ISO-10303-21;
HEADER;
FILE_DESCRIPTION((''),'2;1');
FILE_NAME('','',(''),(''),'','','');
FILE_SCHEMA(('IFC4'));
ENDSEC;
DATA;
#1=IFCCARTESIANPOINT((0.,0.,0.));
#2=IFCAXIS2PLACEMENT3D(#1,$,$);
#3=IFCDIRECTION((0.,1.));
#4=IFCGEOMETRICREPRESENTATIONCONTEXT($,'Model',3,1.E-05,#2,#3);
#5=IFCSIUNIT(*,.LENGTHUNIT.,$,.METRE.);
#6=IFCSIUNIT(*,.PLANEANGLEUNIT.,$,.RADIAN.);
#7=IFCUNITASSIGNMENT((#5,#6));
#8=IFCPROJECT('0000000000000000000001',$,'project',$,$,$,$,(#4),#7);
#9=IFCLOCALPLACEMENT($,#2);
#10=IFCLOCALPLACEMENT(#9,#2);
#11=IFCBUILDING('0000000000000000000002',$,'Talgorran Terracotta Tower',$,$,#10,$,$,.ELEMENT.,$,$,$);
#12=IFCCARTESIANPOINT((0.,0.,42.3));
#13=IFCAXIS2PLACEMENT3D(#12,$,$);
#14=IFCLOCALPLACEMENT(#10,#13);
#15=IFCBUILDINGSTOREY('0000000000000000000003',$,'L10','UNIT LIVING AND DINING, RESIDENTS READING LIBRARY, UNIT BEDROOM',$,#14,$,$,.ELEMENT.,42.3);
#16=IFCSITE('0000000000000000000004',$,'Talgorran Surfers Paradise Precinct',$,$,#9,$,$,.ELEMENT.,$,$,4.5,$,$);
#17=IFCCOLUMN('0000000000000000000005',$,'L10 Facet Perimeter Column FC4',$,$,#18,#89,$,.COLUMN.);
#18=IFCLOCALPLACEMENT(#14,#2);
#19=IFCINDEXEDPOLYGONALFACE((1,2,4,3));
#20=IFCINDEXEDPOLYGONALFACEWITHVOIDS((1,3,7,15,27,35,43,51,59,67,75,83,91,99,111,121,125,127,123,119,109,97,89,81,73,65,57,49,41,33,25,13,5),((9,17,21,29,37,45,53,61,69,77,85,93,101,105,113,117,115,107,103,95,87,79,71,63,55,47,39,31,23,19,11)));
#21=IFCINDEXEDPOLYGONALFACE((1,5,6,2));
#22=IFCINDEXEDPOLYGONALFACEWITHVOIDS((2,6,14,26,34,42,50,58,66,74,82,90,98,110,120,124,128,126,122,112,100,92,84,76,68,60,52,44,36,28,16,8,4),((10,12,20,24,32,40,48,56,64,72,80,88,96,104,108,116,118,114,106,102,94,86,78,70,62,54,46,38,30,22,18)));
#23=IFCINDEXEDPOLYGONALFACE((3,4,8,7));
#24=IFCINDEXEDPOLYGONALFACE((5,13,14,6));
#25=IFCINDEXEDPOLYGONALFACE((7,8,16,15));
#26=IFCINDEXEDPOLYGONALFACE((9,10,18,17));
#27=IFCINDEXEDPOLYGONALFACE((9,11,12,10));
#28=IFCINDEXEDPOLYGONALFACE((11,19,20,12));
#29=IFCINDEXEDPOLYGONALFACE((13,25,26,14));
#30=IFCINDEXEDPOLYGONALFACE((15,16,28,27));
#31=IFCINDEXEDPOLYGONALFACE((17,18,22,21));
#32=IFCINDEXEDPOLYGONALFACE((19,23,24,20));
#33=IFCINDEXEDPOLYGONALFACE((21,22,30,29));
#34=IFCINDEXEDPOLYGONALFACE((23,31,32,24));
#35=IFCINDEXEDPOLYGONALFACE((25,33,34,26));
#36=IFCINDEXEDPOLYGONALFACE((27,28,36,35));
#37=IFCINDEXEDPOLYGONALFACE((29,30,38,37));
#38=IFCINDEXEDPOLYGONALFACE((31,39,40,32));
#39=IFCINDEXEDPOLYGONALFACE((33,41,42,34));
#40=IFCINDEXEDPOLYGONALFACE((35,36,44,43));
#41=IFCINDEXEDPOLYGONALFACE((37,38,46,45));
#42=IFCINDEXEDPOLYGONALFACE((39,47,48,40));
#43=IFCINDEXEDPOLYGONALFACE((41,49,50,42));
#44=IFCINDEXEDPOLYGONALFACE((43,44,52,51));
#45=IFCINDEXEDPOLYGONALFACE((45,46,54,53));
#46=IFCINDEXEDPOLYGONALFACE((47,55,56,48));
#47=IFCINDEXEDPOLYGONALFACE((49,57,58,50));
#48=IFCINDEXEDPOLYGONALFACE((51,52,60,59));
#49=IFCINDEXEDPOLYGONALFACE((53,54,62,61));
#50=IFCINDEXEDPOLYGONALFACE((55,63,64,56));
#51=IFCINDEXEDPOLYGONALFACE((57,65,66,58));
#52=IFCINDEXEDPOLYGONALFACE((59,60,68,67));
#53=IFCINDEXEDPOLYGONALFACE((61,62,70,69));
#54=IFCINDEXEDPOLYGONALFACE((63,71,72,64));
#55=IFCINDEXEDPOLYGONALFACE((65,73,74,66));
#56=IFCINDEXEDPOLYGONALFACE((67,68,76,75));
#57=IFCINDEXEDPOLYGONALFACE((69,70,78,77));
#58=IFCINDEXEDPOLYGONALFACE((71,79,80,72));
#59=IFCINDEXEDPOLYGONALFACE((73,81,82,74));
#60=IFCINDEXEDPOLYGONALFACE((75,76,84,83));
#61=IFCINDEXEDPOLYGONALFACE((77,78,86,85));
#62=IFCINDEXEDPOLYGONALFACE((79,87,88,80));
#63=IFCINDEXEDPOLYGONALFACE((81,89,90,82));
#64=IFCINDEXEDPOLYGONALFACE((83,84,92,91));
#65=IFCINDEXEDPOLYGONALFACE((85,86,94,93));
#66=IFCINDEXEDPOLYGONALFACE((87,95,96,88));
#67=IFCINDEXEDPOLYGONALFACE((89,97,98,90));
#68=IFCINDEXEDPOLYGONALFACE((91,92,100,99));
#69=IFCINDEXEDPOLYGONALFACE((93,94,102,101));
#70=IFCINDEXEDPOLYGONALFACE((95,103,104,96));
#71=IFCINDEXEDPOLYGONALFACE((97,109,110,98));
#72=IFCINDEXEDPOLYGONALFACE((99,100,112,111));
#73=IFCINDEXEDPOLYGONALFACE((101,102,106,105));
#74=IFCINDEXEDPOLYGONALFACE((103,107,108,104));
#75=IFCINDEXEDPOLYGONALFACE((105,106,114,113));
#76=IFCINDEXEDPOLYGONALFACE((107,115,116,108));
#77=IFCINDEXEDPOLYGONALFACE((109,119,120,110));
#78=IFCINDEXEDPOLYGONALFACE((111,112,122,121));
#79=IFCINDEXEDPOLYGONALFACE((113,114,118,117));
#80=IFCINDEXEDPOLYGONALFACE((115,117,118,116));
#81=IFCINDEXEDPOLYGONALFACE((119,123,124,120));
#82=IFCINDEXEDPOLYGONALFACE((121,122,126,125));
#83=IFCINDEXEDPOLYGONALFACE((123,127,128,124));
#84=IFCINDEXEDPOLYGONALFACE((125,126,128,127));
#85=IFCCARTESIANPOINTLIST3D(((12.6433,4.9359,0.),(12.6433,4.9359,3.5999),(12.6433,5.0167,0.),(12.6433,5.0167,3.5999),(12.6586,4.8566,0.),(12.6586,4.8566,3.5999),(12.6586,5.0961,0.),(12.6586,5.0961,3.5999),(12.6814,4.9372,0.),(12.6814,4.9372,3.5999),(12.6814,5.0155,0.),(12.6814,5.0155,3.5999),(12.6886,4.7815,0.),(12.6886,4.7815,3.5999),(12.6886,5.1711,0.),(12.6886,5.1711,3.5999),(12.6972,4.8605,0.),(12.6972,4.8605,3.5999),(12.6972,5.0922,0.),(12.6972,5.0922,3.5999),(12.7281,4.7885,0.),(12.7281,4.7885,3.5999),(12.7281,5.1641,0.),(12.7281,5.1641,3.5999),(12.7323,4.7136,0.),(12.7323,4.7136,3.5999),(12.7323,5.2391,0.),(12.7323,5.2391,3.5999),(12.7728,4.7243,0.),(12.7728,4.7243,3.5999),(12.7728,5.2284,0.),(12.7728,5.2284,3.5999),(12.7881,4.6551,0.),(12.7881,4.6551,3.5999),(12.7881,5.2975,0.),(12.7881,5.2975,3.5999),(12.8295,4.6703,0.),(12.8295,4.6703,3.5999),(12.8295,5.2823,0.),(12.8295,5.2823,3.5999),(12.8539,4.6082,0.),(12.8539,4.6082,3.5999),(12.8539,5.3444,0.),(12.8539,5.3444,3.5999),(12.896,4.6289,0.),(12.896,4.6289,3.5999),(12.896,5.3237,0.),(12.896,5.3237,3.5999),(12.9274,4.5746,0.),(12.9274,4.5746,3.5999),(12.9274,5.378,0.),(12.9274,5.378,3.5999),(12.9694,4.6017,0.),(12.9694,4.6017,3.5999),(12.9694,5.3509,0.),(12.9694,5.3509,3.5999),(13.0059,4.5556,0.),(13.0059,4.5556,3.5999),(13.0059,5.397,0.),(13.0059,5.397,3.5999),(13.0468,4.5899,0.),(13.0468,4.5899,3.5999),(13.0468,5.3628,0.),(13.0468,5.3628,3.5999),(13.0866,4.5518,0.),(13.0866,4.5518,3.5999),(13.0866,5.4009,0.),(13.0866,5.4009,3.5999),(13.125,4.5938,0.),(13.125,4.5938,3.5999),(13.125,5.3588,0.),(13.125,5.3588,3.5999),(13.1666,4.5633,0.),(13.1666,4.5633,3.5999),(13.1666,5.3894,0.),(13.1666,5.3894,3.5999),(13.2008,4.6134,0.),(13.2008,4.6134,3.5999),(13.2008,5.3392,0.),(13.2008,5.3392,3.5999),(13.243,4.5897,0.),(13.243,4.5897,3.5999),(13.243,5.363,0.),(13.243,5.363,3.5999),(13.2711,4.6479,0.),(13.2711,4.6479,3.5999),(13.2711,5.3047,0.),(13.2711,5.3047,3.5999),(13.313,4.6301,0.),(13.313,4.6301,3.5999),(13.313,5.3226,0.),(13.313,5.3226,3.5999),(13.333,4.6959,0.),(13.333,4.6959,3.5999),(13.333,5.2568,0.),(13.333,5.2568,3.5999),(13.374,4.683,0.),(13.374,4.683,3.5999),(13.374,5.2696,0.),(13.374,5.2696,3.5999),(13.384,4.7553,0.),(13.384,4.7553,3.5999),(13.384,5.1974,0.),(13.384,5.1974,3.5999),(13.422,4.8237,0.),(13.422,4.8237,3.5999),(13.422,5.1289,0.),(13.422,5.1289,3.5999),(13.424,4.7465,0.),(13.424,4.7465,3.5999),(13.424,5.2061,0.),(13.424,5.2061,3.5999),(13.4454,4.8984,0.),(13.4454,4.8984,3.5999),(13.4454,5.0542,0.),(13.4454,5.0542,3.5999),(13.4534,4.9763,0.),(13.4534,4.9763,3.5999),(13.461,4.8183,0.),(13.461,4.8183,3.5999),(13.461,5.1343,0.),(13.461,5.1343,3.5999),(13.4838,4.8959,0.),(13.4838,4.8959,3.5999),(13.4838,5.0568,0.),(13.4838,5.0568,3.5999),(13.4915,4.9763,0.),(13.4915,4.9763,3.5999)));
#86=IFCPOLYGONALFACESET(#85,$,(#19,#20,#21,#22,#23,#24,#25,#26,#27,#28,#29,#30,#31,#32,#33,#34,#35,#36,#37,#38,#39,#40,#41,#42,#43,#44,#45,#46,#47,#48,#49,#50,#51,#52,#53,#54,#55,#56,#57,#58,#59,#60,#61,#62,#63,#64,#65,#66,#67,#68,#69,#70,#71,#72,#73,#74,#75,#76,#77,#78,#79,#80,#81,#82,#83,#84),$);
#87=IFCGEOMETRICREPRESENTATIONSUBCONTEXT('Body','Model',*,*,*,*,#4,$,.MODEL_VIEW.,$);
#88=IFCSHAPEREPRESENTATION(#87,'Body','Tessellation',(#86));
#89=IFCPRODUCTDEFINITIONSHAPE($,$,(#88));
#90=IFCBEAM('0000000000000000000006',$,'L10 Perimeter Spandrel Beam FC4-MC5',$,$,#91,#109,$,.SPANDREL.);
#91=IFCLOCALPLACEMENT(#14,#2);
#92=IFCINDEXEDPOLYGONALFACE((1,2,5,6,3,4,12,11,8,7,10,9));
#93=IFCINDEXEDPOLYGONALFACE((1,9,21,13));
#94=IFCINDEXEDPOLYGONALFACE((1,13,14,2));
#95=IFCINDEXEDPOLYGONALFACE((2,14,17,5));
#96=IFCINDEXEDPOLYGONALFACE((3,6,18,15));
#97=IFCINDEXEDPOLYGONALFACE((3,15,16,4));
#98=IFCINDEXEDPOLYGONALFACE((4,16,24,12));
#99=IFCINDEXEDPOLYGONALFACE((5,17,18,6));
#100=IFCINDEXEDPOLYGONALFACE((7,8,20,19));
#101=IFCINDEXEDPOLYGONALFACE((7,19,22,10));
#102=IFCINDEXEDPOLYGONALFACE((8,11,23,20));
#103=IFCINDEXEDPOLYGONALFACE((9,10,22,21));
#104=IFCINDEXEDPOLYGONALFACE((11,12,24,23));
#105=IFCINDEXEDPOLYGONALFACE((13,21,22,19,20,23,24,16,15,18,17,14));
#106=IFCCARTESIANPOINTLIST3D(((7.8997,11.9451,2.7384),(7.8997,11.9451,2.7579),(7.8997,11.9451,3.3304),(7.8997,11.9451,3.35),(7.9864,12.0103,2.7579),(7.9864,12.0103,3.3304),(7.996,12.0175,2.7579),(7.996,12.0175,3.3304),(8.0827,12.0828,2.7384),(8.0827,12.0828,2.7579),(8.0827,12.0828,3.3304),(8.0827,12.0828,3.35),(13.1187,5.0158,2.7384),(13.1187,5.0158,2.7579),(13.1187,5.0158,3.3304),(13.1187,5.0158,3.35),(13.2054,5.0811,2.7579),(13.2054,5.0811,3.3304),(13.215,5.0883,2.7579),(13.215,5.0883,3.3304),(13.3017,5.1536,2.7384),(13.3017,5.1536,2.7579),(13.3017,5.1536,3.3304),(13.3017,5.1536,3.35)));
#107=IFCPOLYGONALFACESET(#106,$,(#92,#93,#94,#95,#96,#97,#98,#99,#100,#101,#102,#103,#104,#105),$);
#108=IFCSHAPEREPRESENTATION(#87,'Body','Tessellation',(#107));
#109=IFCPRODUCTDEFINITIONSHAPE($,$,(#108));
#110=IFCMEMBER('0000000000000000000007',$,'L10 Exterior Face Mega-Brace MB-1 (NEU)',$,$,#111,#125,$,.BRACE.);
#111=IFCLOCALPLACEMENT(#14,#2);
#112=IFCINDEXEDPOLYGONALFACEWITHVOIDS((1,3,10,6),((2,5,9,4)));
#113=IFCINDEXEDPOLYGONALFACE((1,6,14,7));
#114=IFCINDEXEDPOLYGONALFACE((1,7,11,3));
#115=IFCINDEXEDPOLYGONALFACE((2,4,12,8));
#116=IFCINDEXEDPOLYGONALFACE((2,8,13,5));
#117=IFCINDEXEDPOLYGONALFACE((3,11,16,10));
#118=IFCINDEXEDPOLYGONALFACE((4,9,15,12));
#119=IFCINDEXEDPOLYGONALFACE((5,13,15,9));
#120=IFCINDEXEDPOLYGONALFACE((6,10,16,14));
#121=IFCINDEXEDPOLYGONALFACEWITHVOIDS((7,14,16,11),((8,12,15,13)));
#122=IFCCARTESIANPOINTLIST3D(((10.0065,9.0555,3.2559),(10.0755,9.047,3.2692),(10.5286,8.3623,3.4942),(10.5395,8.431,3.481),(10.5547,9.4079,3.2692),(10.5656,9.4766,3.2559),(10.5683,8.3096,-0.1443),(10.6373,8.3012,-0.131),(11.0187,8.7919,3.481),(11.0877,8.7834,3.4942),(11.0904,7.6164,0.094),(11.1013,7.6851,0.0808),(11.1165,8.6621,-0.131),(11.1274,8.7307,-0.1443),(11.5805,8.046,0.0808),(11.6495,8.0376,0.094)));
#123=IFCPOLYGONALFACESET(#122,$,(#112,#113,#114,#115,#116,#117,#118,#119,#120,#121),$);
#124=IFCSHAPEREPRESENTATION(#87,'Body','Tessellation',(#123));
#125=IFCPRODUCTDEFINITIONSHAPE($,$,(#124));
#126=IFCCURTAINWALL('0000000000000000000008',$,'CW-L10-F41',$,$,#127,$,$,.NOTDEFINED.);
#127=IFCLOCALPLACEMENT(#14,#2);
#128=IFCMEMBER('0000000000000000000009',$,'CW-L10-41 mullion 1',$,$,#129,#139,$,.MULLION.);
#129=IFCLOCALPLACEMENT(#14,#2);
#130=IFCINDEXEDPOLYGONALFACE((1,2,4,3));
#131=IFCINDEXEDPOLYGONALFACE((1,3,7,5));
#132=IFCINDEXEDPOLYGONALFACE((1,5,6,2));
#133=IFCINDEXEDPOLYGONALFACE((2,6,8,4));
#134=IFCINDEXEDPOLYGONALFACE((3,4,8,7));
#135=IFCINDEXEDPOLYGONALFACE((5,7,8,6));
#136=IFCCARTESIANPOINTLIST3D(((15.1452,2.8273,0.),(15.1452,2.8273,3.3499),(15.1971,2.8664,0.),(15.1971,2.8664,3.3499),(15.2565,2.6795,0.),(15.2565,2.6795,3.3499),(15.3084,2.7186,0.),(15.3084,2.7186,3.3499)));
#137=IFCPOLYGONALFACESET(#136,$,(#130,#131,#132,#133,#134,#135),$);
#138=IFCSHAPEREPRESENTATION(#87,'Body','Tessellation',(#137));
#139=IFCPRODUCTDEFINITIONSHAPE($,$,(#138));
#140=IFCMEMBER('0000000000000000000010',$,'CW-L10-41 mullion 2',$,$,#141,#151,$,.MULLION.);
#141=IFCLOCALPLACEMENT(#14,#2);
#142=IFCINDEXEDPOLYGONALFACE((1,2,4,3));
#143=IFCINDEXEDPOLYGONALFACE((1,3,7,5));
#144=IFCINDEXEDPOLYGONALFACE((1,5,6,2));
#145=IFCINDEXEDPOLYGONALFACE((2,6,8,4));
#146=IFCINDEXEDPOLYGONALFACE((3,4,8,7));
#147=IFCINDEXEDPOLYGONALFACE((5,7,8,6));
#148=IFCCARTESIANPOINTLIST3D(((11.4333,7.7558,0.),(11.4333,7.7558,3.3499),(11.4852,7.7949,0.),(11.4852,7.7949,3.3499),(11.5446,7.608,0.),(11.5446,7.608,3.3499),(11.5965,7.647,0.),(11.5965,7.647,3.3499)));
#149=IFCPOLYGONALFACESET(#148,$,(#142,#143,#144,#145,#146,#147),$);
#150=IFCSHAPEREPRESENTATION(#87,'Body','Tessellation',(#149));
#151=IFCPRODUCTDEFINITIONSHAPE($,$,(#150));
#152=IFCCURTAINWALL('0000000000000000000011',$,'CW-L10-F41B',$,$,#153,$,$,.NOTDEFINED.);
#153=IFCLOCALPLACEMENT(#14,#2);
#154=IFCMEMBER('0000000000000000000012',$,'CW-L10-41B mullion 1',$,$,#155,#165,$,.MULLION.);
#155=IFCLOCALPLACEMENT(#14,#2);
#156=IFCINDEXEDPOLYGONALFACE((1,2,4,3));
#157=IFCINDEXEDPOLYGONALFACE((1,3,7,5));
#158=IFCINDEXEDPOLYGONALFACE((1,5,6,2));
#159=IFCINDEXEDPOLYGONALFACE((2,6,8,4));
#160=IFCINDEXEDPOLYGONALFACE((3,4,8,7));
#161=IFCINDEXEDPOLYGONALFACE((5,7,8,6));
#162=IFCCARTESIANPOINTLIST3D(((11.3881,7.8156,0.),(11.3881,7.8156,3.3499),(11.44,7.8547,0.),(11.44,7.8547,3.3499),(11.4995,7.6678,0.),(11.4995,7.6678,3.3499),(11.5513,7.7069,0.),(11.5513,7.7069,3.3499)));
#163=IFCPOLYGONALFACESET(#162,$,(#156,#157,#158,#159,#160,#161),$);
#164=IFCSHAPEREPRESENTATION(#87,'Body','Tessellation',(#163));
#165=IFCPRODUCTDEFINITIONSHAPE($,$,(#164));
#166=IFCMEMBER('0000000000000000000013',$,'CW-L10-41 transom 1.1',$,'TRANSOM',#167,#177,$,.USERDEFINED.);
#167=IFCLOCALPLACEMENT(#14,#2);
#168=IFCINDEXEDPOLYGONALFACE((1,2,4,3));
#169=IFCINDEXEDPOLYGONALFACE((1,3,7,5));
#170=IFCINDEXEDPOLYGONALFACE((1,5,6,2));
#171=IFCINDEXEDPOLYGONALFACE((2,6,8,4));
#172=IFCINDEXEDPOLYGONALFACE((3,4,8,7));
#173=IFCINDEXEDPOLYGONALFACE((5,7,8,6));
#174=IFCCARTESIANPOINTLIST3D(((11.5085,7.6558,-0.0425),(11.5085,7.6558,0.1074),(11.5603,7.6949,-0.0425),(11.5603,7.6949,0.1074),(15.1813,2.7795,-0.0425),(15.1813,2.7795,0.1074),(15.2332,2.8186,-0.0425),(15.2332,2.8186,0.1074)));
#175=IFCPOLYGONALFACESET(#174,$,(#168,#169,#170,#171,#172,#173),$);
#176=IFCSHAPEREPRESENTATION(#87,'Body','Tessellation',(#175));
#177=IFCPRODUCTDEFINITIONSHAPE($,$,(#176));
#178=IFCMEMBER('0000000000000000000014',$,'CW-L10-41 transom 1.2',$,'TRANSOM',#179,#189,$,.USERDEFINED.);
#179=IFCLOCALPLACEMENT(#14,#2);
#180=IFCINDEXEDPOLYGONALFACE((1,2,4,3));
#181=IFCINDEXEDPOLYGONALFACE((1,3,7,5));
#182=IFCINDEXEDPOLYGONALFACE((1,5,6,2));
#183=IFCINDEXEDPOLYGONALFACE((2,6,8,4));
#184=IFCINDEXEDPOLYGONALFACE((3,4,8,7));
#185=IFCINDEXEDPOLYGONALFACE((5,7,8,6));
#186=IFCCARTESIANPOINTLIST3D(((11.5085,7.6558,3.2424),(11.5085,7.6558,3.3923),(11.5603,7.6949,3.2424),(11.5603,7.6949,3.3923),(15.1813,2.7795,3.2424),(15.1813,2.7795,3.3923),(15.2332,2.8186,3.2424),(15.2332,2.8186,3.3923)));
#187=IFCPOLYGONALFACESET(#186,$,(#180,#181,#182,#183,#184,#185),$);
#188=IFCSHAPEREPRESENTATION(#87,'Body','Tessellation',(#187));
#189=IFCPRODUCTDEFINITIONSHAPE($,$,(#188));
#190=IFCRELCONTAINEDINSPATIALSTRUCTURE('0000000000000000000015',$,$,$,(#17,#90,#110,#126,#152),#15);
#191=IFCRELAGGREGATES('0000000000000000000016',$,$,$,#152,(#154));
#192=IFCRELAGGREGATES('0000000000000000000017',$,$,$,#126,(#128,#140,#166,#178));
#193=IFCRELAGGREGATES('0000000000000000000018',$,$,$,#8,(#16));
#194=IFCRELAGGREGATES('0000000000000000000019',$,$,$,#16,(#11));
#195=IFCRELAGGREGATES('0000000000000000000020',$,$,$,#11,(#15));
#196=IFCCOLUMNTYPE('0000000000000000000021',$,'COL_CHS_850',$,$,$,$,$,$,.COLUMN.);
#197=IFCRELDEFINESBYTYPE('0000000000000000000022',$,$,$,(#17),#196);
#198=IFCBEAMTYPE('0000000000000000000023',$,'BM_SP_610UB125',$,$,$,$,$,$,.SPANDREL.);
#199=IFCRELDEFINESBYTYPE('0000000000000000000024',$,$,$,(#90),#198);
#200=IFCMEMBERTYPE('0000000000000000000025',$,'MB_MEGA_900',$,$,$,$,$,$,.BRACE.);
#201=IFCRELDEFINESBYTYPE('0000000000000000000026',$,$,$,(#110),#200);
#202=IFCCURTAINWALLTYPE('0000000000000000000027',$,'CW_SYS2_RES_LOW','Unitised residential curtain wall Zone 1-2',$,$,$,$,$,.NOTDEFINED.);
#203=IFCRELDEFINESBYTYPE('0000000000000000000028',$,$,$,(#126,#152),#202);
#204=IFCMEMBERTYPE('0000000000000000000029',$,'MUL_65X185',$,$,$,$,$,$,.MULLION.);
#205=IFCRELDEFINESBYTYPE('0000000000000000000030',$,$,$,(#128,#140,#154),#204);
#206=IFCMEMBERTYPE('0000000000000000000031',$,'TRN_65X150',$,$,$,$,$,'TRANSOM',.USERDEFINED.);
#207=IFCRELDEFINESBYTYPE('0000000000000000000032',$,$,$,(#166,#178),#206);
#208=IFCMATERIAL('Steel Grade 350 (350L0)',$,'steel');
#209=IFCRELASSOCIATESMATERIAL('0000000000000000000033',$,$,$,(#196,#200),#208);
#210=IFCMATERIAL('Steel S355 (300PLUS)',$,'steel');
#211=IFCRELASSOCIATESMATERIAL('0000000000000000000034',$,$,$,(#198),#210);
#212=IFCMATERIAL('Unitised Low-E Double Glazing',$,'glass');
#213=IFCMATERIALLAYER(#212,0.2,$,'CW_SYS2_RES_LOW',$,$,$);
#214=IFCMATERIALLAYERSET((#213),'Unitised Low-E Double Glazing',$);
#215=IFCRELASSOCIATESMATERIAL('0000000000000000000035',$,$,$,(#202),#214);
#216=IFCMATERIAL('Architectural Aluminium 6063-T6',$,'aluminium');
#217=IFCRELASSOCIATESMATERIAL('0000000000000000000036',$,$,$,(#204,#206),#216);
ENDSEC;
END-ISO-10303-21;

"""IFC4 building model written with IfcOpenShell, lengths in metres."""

from ifc_helpers import new_model, si_unit, direction, frame, origin, origin_2d, place, context, subcontext, project, spatial, rectangle, hollow_rectangle, hollow_circle, i_section, extrude, material, layer, layer_set, material_profile, profile_set, type_object, element, aggregate, save


model = new_model("IFC4")

# Units and contexts
model_context = context("Model", 3, precision=1e-05, world=origin(), true_north=direction((0.0, 1.0)))
body_context = subcontext(model_context, "Body", "Model", "MODEL_VIEW")
ifc_project = project(units=[si_unit("LENGTHUNIT", "METRE"), si_unit("PLANEANGLEUNIT", "RADIAN")], contexts=[model_context])

# Site, building, storey
site_placement = place(None, origin())
site = spatial("IfcSite", under=ifc_project, at=site_placement, Name="Talgorran Surfers Paradise Precinct", CompositionType="ELEMENT", RefElevation=4.5)
building_placement = place(site_placement, origin())
building = spatial("IfcBuilding", under=site, at=building_placement, Name="Talgorran Terracotta Tower", CompositionType="ELEMENT")
storey_placement = place(building_placement, frame((0.0, 0.0, 42.3)))
storey = spatial("IfcBuildingStorey", under=building, at=storey_placement, Name="L10", Description="UNIT LIVING AND DINING, RESIDENTS READING LIBRARY, UNIT BEDROOM", CompositionType="ELEMENT", Elevation=42.3)

# Column
ifc_material_1 = material(Name="Steel Grade 350 (350L0)", Category="steel")
ifc_material_profile_1 = material_profile(ifc_material_1, hollow_circle(Radius=0.425, WallThickness=0.0381, at=origin_2d()), Name="CHS850X38")
ifc_profile_set_1 = profile_set([ifc_material_profile_1], Name="Steel Grade 350 (350L0)")
column_type = type_object("IfcColumnType", Name="COL_CHS_850", PredefinedType="COLUMN", material=ifc_profile_set_1)
column_placement = place(storey_placement, frame((13.0664, 4.9763, 0.0), z_axis=(0.0, 0.0, 1.0), x_axis=(1.0, 0.0, 0.0)))
element("IfcColumn", 1, at=column_placement, inside=storey, type_object=column_type, Name="L10 Facet Perimeter Column FC4", PredefinedType="COLUMN", context=body_context, shape_type="SweptSolid", body=[
    extrude(hollow_circle(Radius=0.425, WallThickness=0.0381, at=origin_2d()), origin(), (0.0, 0.0, 1.0), 3.5999),
])

# Beam
ifc_material_2 = material(Name="Steel S355 (300PLUS)", Category="steel")
ifc_material_profile_2 = material_profile(ifc_material_2, i_section(OverallWidth=0.229, OverallDepth=0.6116, WebThickness=0.012, FlangeThickness=0.0195, at=origin_2d()), Name="610UB125")
ifc_profile_set_2 = profile_set([ifc_material_profile_2], Name="Steel S355 (300PLUS)")
beam_type = type_object("IfcBeamType", Name="BM_SP_610UB125", PredefinedType="SPANDREL", material=ifc_profile_set_2)
beam_placement = place(storey_placement, frame((13.2102, 5.0847, 3.0442), z_axis=(-0.601629, 0.798776, 0.0), x_axis=(-0.798776, -0.601629, 0.0)))
element("IfcBeam", 2, at=beam_placement, inside=storey, type_object=beam_type, Name="L10 Perimeter Spandrel Beam FC4-MC5", PredefinedType="SPANDREL", context=body_context, shape_type="SweptSolid", body=[
    extrude(i_section(OverallWidth=0.229, OverallDepth=0.6116, WebThickness=0.012, FlangeThickness=0.0195, at=origin_2d()), origin(), (0.0, 0.0, 1.0), 8.6748),
])

# Member
ifc_material_profile_3 = material_profile(ifc_material_1, hollow_rectangle(XDim=0.7, YDim=0.8999, WallThickness=0.05, at=origin_2d()), Name="WBOX900X700X50")
ifc_profile_set_3 = profile_set([ifc_material_profile_3], Name="Steel Grade 350 (350L0)")
member_type_1 = type_object("IfcMemberType", Name="MB_MEGA_900", PredefinedType="BRACE", material=ifc_profile_set_3)
member_1_placement = place(storey_placement, frame((11.1089, 8.1736, -0.0251), z_axis=(-0.15932, 0.211527, 0.964299), x_axis=(-0.798775, -0.60163, 0.0)))
element("IfcMember", 3, at=member_1_placement, inside=storey, type_object=member_type_1, Name="L10 Exterior Face Mega-Brace MB-1 (NEU)", PredefinedType="BRACE", context=body_context, shape_type="SweptSolid", body=[
    extrude(hollow_rectangle(XDim=0.7, YDim=0.8999, WallThickness=0.05, at=origin_2d()), origin(), (0.0, 0.0, 1.0), 3.5261),
])

# Curtain wall, members
ifc_material_3 = material(Name="Unitised Low-E Double Glazing", Category="glass")
ifc_layer_1 = layer(ifc_material_3, 0.2, Name="CW_SYS2_RES_LOW")
ifc_layer_set_1 = layer_set([ifc_layer_1], Name="Unitised Low-E Double Glazing")
curtain_wall_type = type_object("IfcCurtainWallType", Name="CW_SYS2_RES_LOW", Description="Unitised residential curtain wall Zone 1-2", PredefinedType="NOTDEFINED", material=ifc_layer_set_1)
curtain_wall_1_placement = place(storey_placement, origin())
curtain_wall_1 = element("IfcCurtainWall", 4, at=curtain_wall_1_placement, inside=storey, type_object=curtain_wall_type, Name="CW-L10-F41", PredefinedType="NOTDEFINED")
ifc_material_4 = material(Name="Architectural Aluminium 6063-T6", Category="aluminium")
ifc_material_profile_4 = material_profile(ifc_material_4, rectangle(XDim=0.0649, YDim=0.1851, at=origin_2d()), Name="CWM65X185")
ifc_profile_set_4 = profile_set([ifc_material_profile_4], Name="Architectural Aluminium 6063-T6")
member_type_2 = type_object("IfcMemberType", Name="MUL_65X185", PredefinedType="MULLION", material=ifc_profile_set_4)
member_2_placement = place(storey_placement, frame((15.2268, 2.7729, 0.0), z_axis=(0.0, 0.0, 1.0), x_axis=(-0.798778, -0.601626, 0.0)))
member_2 = element("IfcMember", 5, at=member_2_placement, type_object=member_type_2, Name="CW-L10-41 mullion 1", PredefinedType="MULLION", context=body_context, shape_type="SweptSolid", body=[
    extrude(rectangle(XDim=0.0649, YDim=0.1851, at=origin_2d()), origin(), (0.0, 0.0, 1.0), 3.3499),
])
member_3_placement = place(storey_placement, frame((11.5149, 7.7014, 0.0), z_axis=(0.0, 0.0, 1.0), x_axis=(-0.798778, -0.601626, 0.0)))
member_3 = element("IfcMember", 6, at=member_3_placement, type_object=member_type_2, Name="CW-L10-41 mullion 2", PredefinedType="MULLION", context=body_context, shape_type="SweptSolid", body=[
    extrude(rectangle(XDim=0.0649, YDim=0.1851, at=origin_2d()), origin(), (0.0, 0.0, 1.0), 3.3499),
])

# Curtain wall, member
curtain_wall_2_placement = place(storey_placement, origin())
curtain_wall_2 = element("IfcCurtainWall", 7, at=curtain_wall_2_placement, inside=storey, type_object=curtain_wall_type, Name="CW-L10-F41B", PredefinedType="NOTDEFINED")
member_4_placement = place(storey_placement, frame((11.4697, 7.7612, 0.0), z_axis=(0.0, 0.0, 1.0), x_axis=(-0.798765, -0.601643, 0.0)))
member_4 = element("IfcMember", 8, at=member_4_placement, type_object=member_type_2, Name="CW-L10-41B mullion 1", PredefinedType="MULLION", context=body_context, shape_type="SweptSolid", body=[
    extrude(rectangle(XDim=0.0649, YDim=0.1851, at=origin_2d()), origin(), (0.0, 0.0, 1.0), 3.3499),
])

# Members
ifc_material_profile_5 = material_profile(ifc_material_4, rectangle(XDim=0.0649, YDim=0.1499, at=origin_2d()), Name="CWT65X150")
ifc_profile_set_5 = profile_set([ifc_material_profile_5], Name="Architectural Aluminium 6063-T6")
member_type_3 = type_object("IfcMemberType", Name="TRN_65X150", ElementType="TRANSOM", PredefinedType="USERDEFINED", material=ifc_profile_set_5)
member_5_placement = place(storey_placement, frame((15.2073, 2.7991, 0.0325), z_axis=(-0.601643, 0.798765, 0.0), x_axis=(-0.798765, -0.601643, 0.0)))
member_5 = element("IfcMember", 9, at=member_5_placement, type_object=member_type_3, Name="CW-L10-41 transom 1.1", ObjectType="TRANSOM", PredefinedType="USERDEFINED", context=body_context, shape_type="SweptSolid", body=[
    extrude(rectangle(XDim=0.0649, YDim=0.1499, at=origin_2d()), origin(), (0.0, 0.0, 1.0), 6.1047),
])
member_6_placement = place(storey_placement, frame((15.2073, 2.7991, 3.3174), z_axis=(-0.601643, 0.798765, 0.0), x_axis=(-0.798765, -0.601643, 0.0)))
member_6 = element("IfcMember", 10, at=member_6_placement, type_object=member_type_3, Name="CW-L10-41 transom 1.2", ObjectType="TRANSOM", PredefinedType="USERDEFINED", context=body_context, shape_type="SweptSolid", body=[
    extrude(rectangle(XDim=0.0649, YDim=0.1499, at=origin_2d()), origin(), (0.0, 0.0, 1.0), 6.1047),
])

aggregate(curtain_wall_2, [member_4])
aggregate(curtain_wall_1, [member_2, member_3, member_5, member_6])

save(model, "model.ifc")
